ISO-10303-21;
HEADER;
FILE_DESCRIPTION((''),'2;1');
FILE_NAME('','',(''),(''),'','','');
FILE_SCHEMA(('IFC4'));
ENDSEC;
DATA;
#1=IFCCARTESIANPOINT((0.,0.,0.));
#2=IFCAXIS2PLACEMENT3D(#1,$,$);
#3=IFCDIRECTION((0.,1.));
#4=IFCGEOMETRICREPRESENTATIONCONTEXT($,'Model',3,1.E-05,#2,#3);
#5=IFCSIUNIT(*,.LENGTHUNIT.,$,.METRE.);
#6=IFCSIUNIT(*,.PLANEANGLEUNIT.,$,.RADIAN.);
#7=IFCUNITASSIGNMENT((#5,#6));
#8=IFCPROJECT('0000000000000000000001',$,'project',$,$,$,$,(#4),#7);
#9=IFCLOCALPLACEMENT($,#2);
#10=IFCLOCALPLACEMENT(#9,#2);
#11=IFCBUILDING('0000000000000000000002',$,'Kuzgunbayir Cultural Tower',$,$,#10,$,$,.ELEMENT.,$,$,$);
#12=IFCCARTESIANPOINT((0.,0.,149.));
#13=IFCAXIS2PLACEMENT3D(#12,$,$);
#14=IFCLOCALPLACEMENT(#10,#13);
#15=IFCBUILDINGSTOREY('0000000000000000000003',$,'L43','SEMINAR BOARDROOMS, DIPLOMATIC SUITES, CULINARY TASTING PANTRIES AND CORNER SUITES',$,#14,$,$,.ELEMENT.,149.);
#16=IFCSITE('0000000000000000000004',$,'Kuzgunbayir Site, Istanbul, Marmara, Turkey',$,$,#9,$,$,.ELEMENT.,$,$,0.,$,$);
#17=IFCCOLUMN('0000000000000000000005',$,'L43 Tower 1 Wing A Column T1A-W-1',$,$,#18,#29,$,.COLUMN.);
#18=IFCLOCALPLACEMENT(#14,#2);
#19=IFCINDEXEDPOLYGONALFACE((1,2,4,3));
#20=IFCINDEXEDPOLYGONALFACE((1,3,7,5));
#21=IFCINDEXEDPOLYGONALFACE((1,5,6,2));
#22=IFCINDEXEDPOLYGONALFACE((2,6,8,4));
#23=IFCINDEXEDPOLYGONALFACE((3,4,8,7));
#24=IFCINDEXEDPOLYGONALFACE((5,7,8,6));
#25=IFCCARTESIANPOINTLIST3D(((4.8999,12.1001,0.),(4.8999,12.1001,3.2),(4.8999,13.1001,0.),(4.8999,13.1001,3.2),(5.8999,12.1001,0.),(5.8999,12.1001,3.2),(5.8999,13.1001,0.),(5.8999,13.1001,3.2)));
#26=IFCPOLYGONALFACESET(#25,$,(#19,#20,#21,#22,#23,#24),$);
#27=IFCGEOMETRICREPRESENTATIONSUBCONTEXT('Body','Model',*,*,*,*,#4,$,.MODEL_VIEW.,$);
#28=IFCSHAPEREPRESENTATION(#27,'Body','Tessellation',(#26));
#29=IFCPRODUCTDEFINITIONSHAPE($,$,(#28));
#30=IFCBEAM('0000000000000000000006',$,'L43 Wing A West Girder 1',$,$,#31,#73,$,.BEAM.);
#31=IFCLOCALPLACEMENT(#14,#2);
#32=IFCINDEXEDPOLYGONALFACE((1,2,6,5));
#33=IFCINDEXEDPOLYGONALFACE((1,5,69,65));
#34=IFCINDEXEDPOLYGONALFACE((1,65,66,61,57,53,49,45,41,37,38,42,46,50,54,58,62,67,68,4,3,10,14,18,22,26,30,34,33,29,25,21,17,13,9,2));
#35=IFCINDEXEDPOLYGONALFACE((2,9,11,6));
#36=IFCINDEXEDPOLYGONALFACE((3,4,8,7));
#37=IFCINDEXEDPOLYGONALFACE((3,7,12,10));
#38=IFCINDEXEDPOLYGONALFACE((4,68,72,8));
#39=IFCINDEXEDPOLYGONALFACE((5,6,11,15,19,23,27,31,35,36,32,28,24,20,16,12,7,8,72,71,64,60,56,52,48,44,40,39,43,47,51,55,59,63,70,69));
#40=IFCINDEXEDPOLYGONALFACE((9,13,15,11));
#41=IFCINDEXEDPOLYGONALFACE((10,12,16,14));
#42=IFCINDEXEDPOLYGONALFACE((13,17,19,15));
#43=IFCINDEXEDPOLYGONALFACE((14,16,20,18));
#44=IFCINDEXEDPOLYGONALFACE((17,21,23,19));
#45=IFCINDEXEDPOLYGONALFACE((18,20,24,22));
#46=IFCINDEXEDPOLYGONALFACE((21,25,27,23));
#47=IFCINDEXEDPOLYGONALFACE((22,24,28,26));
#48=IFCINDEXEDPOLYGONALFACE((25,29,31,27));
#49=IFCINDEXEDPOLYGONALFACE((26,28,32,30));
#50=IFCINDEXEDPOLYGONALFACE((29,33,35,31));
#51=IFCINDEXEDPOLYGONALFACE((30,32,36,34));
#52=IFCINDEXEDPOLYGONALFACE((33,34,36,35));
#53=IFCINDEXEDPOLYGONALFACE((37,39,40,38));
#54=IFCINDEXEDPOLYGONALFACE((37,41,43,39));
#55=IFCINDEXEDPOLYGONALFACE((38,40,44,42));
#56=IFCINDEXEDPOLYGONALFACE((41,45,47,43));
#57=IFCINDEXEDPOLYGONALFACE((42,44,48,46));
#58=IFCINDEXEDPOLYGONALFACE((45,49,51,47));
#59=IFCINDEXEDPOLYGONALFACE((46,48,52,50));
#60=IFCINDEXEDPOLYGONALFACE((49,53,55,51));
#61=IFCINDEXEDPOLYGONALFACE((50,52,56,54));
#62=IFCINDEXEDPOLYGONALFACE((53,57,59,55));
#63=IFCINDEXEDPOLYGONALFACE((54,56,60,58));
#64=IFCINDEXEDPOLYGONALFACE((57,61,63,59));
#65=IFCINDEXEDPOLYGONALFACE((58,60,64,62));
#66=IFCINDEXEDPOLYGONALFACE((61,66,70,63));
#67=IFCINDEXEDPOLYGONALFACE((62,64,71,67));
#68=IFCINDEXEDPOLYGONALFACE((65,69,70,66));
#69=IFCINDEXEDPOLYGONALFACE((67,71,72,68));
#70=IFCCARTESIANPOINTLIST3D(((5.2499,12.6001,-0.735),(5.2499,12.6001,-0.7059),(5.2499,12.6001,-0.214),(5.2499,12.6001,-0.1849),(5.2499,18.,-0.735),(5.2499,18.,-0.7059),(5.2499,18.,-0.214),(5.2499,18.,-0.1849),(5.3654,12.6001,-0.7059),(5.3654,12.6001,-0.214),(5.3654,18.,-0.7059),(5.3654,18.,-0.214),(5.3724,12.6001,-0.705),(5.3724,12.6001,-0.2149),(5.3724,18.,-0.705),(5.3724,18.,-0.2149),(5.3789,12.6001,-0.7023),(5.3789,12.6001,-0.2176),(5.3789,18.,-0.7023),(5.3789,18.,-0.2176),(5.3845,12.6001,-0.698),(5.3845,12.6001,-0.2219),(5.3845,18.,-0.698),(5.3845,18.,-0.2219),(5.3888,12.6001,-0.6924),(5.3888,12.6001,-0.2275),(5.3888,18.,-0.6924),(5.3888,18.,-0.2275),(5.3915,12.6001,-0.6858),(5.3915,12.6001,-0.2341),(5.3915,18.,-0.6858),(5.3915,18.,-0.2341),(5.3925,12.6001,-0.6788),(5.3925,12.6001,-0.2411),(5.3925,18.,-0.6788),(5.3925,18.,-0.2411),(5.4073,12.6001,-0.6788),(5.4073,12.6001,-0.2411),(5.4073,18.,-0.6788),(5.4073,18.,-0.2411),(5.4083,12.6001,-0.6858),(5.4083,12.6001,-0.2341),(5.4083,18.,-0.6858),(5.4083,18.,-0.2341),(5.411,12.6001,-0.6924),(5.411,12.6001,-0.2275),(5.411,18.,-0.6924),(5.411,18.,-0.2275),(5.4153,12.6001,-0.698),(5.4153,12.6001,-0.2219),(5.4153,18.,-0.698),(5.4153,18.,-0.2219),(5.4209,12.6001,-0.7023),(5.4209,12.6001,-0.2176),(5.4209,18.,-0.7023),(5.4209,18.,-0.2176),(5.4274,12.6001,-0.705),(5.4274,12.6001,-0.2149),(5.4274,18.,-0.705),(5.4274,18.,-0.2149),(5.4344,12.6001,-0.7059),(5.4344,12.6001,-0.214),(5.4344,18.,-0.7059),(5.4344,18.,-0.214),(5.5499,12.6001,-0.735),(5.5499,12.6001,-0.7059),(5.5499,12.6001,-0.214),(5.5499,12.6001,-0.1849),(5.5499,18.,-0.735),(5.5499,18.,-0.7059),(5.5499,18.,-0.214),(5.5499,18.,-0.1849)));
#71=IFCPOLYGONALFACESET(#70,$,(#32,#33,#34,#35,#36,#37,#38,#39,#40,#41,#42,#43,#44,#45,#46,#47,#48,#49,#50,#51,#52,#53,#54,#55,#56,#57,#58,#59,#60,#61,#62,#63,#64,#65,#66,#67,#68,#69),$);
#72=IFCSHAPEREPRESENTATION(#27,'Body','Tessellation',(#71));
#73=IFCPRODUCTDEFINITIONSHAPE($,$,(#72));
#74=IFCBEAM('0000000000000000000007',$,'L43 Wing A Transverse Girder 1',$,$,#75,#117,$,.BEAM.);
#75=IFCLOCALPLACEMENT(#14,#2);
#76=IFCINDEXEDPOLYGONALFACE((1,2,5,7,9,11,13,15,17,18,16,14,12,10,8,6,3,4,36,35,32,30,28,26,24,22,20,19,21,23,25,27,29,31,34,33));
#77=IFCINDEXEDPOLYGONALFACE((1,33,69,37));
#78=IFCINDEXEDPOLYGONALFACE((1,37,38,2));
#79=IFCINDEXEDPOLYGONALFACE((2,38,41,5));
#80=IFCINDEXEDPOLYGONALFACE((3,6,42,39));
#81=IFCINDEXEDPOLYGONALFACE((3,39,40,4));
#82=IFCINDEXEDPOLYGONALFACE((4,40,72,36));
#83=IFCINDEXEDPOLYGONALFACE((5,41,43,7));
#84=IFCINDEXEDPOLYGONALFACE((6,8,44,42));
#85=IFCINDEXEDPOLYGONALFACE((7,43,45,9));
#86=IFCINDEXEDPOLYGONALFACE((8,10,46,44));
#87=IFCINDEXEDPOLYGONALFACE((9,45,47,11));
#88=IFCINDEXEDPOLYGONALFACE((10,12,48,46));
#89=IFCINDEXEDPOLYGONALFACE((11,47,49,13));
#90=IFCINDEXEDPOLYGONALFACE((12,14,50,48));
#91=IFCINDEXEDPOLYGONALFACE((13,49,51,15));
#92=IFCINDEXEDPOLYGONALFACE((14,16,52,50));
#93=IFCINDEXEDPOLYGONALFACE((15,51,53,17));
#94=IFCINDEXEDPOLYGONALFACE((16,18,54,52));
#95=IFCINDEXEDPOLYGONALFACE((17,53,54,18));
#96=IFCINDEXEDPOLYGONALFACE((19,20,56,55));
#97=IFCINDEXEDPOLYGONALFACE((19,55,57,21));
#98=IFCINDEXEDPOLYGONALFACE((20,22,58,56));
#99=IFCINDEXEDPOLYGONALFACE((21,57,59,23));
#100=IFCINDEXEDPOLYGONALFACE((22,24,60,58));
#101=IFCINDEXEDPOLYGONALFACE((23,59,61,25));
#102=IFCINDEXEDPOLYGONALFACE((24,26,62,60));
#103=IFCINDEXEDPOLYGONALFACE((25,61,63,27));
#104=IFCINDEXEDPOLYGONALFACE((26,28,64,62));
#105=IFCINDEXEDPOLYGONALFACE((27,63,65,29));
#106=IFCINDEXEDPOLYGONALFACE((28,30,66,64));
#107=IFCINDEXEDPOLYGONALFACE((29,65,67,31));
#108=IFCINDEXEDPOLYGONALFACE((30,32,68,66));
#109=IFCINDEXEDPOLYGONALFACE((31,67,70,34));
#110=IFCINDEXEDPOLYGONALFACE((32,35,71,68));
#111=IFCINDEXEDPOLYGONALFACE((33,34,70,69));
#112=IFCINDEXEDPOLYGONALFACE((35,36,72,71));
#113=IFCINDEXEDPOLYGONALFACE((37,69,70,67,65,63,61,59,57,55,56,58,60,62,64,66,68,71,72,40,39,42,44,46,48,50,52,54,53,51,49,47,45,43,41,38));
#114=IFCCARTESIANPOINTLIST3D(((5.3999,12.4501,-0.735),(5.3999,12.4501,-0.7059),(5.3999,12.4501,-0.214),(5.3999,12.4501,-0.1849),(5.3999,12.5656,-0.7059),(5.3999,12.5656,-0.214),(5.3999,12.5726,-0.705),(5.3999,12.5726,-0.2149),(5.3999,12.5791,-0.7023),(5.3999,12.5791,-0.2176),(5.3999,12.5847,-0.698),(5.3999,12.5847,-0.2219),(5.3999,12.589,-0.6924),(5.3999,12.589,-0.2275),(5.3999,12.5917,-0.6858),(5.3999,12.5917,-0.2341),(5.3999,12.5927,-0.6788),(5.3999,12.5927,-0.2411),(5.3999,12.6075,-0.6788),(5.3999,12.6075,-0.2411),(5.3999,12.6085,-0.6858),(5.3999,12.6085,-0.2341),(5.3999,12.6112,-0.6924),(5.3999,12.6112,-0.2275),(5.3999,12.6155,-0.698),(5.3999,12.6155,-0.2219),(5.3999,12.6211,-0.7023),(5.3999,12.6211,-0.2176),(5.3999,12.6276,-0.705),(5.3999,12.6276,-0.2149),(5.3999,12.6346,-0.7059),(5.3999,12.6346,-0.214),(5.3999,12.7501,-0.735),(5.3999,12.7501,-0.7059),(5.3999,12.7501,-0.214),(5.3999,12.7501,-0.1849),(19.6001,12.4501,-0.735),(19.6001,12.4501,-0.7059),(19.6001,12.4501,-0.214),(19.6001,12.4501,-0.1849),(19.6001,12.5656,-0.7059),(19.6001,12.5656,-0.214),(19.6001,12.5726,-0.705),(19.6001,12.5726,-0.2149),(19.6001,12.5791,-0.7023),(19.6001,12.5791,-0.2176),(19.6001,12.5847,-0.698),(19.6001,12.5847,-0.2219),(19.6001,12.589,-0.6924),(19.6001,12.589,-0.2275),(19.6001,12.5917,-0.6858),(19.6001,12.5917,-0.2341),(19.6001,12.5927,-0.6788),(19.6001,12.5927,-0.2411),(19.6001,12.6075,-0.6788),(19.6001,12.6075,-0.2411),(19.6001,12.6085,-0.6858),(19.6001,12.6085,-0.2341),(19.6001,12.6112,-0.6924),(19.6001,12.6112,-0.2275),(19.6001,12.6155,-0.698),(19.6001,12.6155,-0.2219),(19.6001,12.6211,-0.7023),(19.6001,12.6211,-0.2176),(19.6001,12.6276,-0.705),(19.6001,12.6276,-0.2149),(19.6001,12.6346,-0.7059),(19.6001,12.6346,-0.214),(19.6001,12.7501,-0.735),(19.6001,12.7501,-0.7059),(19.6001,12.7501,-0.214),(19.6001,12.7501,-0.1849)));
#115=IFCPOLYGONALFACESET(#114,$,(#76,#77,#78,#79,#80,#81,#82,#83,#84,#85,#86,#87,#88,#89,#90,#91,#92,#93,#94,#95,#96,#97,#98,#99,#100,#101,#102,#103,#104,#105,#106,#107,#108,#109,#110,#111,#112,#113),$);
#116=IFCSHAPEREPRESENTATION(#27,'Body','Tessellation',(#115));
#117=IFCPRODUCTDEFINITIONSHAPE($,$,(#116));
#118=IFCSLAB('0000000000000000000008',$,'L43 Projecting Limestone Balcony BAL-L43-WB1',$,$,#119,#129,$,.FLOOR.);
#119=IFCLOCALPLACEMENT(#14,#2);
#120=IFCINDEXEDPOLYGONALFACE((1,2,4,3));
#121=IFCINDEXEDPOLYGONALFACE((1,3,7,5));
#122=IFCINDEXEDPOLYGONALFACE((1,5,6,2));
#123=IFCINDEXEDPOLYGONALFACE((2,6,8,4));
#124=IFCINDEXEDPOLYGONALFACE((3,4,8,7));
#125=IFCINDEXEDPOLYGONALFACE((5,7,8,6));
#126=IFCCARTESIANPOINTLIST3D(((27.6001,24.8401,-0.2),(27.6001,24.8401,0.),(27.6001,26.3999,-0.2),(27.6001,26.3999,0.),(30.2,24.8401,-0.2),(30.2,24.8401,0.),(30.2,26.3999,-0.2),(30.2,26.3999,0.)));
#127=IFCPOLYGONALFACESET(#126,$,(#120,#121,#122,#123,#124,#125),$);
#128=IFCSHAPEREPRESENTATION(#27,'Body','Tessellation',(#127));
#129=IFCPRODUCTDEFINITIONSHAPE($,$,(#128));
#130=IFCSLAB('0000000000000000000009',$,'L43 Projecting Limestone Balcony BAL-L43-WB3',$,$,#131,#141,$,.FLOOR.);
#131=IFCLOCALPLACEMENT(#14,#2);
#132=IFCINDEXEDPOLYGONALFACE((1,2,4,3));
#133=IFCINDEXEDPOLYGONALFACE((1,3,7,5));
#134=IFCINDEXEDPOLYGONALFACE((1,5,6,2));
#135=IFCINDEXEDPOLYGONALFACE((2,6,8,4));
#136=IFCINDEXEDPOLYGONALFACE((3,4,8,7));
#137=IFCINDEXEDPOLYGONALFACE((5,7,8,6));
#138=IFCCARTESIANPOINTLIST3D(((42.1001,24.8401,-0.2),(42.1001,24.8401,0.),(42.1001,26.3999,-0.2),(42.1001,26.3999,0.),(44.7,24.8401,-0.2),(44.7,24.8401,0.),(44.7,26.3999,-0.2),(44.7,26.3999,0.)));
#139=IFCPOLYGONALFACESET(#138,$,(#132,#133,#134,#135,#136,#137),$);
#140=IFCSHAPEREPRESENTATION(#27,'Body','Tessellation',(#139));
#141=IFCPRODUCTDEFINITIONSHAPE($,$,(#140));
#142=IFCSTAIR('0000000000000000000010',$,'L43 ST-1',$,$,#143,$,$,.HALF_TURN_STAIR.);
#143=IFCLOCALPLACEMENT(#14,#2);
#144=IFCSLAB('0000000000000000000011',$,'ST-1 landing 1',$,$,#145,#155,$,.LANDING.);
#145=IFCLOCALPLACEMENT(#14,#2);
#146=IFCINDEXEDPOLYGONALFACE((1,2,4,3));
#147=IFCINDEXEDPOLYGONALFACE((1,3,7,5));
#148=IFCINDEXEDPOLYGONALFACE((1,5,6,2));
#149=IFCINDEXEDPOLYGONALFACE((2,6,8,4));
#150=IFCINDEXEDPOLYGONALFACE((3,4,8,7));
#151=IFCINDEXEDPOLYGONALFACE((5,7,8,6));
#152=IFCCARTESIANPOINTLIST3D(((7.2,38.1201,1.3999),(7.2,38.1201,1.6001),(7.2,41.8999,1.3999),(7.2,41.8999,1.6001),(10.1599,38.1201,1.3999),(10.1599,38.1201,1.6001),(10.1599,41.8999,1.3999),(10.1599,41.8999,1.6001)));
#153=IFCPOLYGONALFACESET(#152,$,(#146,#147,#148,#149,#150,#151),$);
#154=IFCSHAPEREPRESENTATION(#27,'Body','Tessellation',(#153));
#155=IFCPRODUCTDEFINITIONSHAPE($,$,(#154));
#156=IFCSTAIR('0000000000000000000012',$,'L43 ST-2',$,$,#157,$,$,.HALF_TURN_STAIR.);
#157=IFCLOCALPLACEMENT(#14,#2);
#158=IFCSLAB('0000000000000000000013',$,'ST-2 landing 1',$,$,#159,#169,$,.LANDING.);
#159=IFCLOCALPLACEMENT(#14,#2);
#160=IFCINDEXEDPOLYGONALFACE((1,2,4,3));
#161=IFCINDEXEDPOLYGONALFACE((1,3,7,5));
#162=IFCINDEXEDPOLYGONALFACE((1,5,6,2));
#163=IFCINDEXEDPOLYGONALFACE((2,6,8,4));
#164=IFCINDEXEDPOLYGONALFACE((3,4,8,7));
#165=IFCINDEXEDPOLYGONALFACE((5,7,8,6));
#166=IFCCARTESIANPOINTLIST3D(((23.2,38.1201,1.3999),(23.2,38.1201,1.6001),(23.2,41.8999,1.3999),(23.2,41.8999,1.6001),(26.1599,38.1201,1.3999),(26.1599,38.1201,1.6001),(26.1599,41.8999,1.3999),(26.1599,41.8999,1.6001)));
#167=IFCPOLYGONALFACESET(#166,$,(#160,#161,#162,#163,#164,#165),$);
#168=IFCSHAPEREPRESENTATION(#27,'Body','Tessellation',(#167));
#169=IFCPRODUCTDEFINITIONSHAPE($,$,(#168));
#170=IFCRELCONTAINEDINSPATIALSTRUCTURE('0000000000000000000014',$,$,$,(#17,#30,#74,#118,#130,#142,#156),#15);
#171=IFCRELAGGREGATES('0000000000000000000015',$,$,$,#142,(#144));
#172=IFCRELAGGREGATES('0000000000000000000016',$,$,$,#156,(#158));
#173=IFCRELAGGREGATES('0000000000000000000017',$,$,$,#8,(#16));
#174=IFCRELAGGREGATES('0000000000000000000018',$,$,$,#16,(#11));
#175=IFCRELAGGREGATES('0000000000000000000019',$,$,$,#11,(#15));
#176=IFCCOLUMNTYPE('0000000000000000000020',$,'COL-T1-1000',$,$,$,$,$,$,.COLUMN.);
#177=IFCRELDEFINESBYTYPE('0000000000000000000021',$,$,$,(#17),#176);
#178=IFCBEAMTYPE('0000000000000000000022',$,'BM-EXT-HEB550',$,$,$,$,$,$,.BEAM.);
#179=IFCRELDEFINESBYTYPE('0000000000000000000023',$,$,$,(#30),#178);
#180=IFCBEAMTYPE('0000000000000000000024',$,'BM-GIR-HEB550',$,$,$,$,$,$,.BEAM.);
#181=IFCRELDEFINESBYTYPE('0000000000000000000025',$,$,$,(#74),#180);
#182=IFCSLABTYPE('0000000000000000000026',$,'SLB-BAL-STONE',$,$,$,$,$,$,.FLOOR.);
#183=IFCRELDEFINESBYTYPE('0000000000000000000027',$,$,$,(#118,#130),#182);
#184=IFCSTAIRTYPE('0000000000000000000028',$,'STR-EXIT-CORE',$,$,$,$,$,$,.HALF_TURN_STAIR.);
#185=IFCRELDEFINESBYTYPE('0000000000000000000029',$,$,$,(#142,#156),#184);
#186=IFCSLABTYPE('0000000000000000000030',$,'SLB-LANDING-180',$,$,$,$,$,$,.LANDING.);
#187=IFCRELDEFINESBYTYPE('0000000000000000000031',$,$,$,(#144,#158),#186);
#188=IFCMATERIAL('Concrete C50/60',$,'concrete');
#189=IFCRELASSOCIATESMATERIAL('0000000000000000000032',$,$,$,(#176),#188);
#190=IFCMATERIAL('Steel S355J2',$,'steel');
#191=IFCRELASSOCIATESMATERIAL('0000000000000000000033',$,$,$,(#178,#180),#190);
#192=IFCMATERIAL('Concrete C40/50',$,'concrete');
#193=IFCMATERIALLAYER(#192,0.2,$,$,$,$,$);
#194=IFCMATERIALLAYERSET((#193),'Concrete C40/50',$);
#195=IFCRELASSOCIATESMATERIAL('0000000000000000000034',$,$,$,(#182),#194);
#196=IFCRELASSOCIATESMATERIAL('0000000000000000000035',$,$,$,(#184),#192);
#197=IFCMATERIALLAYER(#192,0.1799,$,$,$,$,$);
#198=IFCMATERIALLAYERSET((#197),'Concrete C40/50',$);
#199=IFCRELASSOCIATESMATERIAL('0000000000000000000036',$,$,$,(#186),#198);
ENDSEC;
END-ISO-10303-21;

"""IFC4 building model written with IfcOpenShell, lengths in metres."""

from ifc_helpers import new_model, si_unit, direction, frame, origin, origin_2d, place, context, subcontext, project, spatial, polyline, rectangle, i_section, outline, extrude, material, layer, layer_set, material_profile, profile_set, type_object, element, aggregate, save


model = new_model("IFC4")

# Units and contexts
model_context = context("Model", 3, precision=1e-05, world=origin(), true_north=direction((0.0, 1.0)))
body_context = subcontext(model_context, "Body", "Model", "MODEL_VIEW")
ifc_project = project(units=[si_unit("LENGTHUNIT", "METRE"), si_unit("PLANEANGLEUNIT", "RADIAN")], contexts=[model_context])

# Site, building, storey
site_placement = place(None, origin())
site = spatial("IfcSite", under=ifc_project, at=site_placement, Name="Kuzgunbayir Site, Istanbul, Marmara, Turkey", CompositionType="ELEMENT", RefElevation=0.0)
building_placement = place(site_placement, origin())
building = spatial("IfcBuilding", under=site, at=building_placement, Name="Kuzgunbayir Cultural Tower", CompositionType="ELEMENT")
storey_placement = place(building_placement, frame((0.0, 0.0, 149.0)))
storey = spatial("IfcBuildingStorey", under=building, at=storey_placement, Name="L43", Description="SEMINAR BOARDROOMS, DIPLOMATIC SUITES, CULINARY TASTING PANTRIES AND CORNER SUITES", CompositionType="ELEMENT", Elevation=149.0)

# Column
ifc_material_1 = material(Name="Concrete C50/60", Category="concrete")
ifc_material_profile_1 = material_profile(ifc_material_1, rectangle(XDim=1.0, YDim=1.0, at=origin_2d()), Name="RC 1000x1000")
ifc_profile_set_1 = profile_set([ifc_material_profile_1], Name="Concrete C50/60")
column_type = type_object("IfcColumnType", Name="COL-T1-1000", PredefinedType="COLUMN", material=ifc_profile_set_1)
column_placement = place(storey_placement, frame((5.3999, 12.6001, 0.0), z_axis=(0.0, 0.0, 1.0), x_axis=(1.0, 0.0, 0.0)))
element("IfcColumn", 1, at=column_placement, inside=storey, type_object=column_type, Name="L43 Tower 1 Wing A Column T1A-W-1", PredefinedType="COLUMN", context=body_context, shape_type="SweptSolid", body=[
    extrude(rectangle(XDim=1.0, YDim=1.0, at=origin_2d()), origin(), (0.0, 0.0, 1.0), 3.2),
])

# Beams
ifc_material_2 = material(Name="Steel S355J2", Category="steel")
ifc_material_profile_2 = material_profile(ifc_material_2, i_section(OverallWidth=0.3, OverallDepth=0.55, WebThickness=0.0149, FlangeThickness=0.0291, FilletRadius=0.0271, at=origin_2d()), Name="HEB 550")
ifc_profile_set_2 = profile_set([ifc_material_profile_2], Name="Steel S355J2")
beam_type_1 = type_object("IfcBeamType", Name="BM-EXT-HEB550", PredefinedType="BEAM", material=ifc_profile_set_2)
beam_1_placement = place(storey_placement, frame((5.3999, 12.6001, -0.46), z_axis=(0.0, 1.0, 0.0), x_axis=(-1.0, 0.0, 0.0)))
element("IfcBeam", 2, at=beam_1_placement, inside=storey, type_object=beam_type_1, Name="L43 Wing A West Girder 1", PredefinedType="BEAM", context=body_context, shape_type="SweptSolid", body=[
    extrude(i_section(OverallWidth=0.3, OverallDepth=0.55, WebThickness=0.0149, FlangeThickness=0.0291, FilletRadius=0.0271, at=origin_2d()), origin(), (0.0, 0.0, 1.0), 5.3999),
])
ifc_material_profile_3 = material_profile(ifc_material_2, i_section(OverallWidth=0.3, OverallDepth=0.55, WebThickness=0.0149, FlangeThickness=0.0291, FilletRadius=0.0271, at=origin_2d()), Name="HEB 550")
ifc_profile_set_3 = profile_set([ifc_material_profile_3], Name="Steel S355J2")
beam_type_2 = type_object("IfcBeamType", Name="BM-GIR-HEB550", PredefinedType="BEAM", material=ifc_profile_set_3)
beam_2_placement = place(storey_placement, frame((5.3999, 12.6001, -0.46), z_axis=(1.0, 0.0, 0.0), x_axis=(0.0, 1.0, 0.0)))
element("IfcBeam", 3, at=beam_2_placement, inside=storey, type_object=beam_type_2, Name="L43 Wing A Transverse Girder 1", PredefinedType="BEAM", context=body_context, shape_type="SweptSolid", body=[
    extrude(i_section(OverallWidth=0.3, OverallDepth=0.55, WebThickness=0.0149, FlangeThickness=0.0291, FilletRadius=0.0271, at=origin_2d()), origin(), (0.0, 0.0, 1.0), 14.2002),
])

# Slabs
ifc_material_3 = material(Name="Concrete C40/50", Category="concrete")
ifc_layer_1 = layer(ifc_material_3, 0.2)
ifc_layer_set_1 = layer_set([ifc_layer_1], Name="Concrete C40/50")
slab_type_1 = type_object("IfcSlabType", Name="SLB-BAL-STONE", PredefinedType="FLOOR", material=ifc_layer_set_1)
slab_1_placement = place(storey_placement, frame((0.0, 0.0, -0.2)))
element("IfcSlab", 4, at=slab_1_placement, inside=storey, type_object=slab_type_1, Name="L43 Projecting Limestone Balcony BAL-L43-WB1", PredefinedType="FLOOR", context=body_context, shape_type="SweptSolid", body=[
    extrude(outline(polyline([(27.6001, 24.8401), (30.2, 24.8401), (30.2, 26.3999), (27.6001, 26.3999), (27.6001, 24.8401)])), origin(), (0.0, 0.0, 1.0), 0.2),
])
slab_2_placement = place(storey_placement, frame((0.0, 0.0, -0.2)))
element("IfcSlab", 5, at=slab_2_placement, inside=storey, type_object=slab_type_1, Name="L43 Projecting Limestone Balcony BAL-L43-WB3", PredefinedType="FLOOR", context=body_context, shape_type="SweptSolid", body=[
    extrude(outline(polyline([(42.1001, 24.8401), (44.7, 24.8401), (44.7, 26.3999), (42.1001, 26.3999), (42.1001, 24.8401)])), origin(), (0.0, 0.0, 1.0), 0.2),
])

# Stairs, slabs
stair_type = type_object("IfcStairType", Name="STR-EXIT-CORE", PredefinedType="HALF_TURN_STAIR", material=ifc_material_3)
stair_1_placement = place(storey_placement, origin())
stair_1 = element("IfcStair", 6, at=stair_1_placement, inside=storey, type_object=stair_type, Name="L43 ST-1", PredefinedType="HALF_TURN_STAIR")
ifc_layer_2 = layer(ifc_material_3, 0.1799)
ifc_layer_set_2 = layer_set([ifc_layer_2], Name="Concrete C40/50")
slab_type_2 = type_object("IfcSlabType", Name="SLB-LANDING-180", PredefinedType="LANDING", material=ifc_layer_set_2)
slab_3_placement = place(storey_placement, frame((0.0, 0.0, 1.3999)))
slab_3 = element("IfcSlab", 7, at=slab_3_placement, type_object=slab_type_2, Name="ST-1 landing 1", PredefinedType="LANDING", context=body_context, shape_type="SweptSolid", body=[
    extrude(outline(polyline([(10.1599, 38.1201), (10.1599, 41.8999), (7.2, 41.8999), (7.2, 38.1201), (10.1599, 38.1201)])), origin(), (0.0, 0.0, 1.0), 0.2002),
])
aggregate(stair_1, [slab_3])
stair_2_placement = place(storey_placement, origin())
stair_2 = element("IfcStair", 8, at=stair_2_placement, inside=storey, type_object=stair_type, Name="L43 ST-2", PredefinedType="HALF_TURN_STAIR")
slab_4_placement = place(storey_placement, frame((0.0, 0.0, 1.3999)))
slab_4 = element("IfcSlab", 9, at=slab_4_placement, type_object=slab_type_2, Name="ST-2 landing 1", PredefinedType="LANDING", context=body_context, shape_type="SweptSolid", body=[
    extrude(outline(polyline([(26.1599, 38.1201), (26.1599, 41.8999), (23.2, 41.8999), (23.2, 38.1201), (26.1599, 38.1201)])), origin(), (0.0, 0.0, 1.0), 0.2002),
])
aggregate(stair_2, [slab_4])

save(model, "model.ifc")
